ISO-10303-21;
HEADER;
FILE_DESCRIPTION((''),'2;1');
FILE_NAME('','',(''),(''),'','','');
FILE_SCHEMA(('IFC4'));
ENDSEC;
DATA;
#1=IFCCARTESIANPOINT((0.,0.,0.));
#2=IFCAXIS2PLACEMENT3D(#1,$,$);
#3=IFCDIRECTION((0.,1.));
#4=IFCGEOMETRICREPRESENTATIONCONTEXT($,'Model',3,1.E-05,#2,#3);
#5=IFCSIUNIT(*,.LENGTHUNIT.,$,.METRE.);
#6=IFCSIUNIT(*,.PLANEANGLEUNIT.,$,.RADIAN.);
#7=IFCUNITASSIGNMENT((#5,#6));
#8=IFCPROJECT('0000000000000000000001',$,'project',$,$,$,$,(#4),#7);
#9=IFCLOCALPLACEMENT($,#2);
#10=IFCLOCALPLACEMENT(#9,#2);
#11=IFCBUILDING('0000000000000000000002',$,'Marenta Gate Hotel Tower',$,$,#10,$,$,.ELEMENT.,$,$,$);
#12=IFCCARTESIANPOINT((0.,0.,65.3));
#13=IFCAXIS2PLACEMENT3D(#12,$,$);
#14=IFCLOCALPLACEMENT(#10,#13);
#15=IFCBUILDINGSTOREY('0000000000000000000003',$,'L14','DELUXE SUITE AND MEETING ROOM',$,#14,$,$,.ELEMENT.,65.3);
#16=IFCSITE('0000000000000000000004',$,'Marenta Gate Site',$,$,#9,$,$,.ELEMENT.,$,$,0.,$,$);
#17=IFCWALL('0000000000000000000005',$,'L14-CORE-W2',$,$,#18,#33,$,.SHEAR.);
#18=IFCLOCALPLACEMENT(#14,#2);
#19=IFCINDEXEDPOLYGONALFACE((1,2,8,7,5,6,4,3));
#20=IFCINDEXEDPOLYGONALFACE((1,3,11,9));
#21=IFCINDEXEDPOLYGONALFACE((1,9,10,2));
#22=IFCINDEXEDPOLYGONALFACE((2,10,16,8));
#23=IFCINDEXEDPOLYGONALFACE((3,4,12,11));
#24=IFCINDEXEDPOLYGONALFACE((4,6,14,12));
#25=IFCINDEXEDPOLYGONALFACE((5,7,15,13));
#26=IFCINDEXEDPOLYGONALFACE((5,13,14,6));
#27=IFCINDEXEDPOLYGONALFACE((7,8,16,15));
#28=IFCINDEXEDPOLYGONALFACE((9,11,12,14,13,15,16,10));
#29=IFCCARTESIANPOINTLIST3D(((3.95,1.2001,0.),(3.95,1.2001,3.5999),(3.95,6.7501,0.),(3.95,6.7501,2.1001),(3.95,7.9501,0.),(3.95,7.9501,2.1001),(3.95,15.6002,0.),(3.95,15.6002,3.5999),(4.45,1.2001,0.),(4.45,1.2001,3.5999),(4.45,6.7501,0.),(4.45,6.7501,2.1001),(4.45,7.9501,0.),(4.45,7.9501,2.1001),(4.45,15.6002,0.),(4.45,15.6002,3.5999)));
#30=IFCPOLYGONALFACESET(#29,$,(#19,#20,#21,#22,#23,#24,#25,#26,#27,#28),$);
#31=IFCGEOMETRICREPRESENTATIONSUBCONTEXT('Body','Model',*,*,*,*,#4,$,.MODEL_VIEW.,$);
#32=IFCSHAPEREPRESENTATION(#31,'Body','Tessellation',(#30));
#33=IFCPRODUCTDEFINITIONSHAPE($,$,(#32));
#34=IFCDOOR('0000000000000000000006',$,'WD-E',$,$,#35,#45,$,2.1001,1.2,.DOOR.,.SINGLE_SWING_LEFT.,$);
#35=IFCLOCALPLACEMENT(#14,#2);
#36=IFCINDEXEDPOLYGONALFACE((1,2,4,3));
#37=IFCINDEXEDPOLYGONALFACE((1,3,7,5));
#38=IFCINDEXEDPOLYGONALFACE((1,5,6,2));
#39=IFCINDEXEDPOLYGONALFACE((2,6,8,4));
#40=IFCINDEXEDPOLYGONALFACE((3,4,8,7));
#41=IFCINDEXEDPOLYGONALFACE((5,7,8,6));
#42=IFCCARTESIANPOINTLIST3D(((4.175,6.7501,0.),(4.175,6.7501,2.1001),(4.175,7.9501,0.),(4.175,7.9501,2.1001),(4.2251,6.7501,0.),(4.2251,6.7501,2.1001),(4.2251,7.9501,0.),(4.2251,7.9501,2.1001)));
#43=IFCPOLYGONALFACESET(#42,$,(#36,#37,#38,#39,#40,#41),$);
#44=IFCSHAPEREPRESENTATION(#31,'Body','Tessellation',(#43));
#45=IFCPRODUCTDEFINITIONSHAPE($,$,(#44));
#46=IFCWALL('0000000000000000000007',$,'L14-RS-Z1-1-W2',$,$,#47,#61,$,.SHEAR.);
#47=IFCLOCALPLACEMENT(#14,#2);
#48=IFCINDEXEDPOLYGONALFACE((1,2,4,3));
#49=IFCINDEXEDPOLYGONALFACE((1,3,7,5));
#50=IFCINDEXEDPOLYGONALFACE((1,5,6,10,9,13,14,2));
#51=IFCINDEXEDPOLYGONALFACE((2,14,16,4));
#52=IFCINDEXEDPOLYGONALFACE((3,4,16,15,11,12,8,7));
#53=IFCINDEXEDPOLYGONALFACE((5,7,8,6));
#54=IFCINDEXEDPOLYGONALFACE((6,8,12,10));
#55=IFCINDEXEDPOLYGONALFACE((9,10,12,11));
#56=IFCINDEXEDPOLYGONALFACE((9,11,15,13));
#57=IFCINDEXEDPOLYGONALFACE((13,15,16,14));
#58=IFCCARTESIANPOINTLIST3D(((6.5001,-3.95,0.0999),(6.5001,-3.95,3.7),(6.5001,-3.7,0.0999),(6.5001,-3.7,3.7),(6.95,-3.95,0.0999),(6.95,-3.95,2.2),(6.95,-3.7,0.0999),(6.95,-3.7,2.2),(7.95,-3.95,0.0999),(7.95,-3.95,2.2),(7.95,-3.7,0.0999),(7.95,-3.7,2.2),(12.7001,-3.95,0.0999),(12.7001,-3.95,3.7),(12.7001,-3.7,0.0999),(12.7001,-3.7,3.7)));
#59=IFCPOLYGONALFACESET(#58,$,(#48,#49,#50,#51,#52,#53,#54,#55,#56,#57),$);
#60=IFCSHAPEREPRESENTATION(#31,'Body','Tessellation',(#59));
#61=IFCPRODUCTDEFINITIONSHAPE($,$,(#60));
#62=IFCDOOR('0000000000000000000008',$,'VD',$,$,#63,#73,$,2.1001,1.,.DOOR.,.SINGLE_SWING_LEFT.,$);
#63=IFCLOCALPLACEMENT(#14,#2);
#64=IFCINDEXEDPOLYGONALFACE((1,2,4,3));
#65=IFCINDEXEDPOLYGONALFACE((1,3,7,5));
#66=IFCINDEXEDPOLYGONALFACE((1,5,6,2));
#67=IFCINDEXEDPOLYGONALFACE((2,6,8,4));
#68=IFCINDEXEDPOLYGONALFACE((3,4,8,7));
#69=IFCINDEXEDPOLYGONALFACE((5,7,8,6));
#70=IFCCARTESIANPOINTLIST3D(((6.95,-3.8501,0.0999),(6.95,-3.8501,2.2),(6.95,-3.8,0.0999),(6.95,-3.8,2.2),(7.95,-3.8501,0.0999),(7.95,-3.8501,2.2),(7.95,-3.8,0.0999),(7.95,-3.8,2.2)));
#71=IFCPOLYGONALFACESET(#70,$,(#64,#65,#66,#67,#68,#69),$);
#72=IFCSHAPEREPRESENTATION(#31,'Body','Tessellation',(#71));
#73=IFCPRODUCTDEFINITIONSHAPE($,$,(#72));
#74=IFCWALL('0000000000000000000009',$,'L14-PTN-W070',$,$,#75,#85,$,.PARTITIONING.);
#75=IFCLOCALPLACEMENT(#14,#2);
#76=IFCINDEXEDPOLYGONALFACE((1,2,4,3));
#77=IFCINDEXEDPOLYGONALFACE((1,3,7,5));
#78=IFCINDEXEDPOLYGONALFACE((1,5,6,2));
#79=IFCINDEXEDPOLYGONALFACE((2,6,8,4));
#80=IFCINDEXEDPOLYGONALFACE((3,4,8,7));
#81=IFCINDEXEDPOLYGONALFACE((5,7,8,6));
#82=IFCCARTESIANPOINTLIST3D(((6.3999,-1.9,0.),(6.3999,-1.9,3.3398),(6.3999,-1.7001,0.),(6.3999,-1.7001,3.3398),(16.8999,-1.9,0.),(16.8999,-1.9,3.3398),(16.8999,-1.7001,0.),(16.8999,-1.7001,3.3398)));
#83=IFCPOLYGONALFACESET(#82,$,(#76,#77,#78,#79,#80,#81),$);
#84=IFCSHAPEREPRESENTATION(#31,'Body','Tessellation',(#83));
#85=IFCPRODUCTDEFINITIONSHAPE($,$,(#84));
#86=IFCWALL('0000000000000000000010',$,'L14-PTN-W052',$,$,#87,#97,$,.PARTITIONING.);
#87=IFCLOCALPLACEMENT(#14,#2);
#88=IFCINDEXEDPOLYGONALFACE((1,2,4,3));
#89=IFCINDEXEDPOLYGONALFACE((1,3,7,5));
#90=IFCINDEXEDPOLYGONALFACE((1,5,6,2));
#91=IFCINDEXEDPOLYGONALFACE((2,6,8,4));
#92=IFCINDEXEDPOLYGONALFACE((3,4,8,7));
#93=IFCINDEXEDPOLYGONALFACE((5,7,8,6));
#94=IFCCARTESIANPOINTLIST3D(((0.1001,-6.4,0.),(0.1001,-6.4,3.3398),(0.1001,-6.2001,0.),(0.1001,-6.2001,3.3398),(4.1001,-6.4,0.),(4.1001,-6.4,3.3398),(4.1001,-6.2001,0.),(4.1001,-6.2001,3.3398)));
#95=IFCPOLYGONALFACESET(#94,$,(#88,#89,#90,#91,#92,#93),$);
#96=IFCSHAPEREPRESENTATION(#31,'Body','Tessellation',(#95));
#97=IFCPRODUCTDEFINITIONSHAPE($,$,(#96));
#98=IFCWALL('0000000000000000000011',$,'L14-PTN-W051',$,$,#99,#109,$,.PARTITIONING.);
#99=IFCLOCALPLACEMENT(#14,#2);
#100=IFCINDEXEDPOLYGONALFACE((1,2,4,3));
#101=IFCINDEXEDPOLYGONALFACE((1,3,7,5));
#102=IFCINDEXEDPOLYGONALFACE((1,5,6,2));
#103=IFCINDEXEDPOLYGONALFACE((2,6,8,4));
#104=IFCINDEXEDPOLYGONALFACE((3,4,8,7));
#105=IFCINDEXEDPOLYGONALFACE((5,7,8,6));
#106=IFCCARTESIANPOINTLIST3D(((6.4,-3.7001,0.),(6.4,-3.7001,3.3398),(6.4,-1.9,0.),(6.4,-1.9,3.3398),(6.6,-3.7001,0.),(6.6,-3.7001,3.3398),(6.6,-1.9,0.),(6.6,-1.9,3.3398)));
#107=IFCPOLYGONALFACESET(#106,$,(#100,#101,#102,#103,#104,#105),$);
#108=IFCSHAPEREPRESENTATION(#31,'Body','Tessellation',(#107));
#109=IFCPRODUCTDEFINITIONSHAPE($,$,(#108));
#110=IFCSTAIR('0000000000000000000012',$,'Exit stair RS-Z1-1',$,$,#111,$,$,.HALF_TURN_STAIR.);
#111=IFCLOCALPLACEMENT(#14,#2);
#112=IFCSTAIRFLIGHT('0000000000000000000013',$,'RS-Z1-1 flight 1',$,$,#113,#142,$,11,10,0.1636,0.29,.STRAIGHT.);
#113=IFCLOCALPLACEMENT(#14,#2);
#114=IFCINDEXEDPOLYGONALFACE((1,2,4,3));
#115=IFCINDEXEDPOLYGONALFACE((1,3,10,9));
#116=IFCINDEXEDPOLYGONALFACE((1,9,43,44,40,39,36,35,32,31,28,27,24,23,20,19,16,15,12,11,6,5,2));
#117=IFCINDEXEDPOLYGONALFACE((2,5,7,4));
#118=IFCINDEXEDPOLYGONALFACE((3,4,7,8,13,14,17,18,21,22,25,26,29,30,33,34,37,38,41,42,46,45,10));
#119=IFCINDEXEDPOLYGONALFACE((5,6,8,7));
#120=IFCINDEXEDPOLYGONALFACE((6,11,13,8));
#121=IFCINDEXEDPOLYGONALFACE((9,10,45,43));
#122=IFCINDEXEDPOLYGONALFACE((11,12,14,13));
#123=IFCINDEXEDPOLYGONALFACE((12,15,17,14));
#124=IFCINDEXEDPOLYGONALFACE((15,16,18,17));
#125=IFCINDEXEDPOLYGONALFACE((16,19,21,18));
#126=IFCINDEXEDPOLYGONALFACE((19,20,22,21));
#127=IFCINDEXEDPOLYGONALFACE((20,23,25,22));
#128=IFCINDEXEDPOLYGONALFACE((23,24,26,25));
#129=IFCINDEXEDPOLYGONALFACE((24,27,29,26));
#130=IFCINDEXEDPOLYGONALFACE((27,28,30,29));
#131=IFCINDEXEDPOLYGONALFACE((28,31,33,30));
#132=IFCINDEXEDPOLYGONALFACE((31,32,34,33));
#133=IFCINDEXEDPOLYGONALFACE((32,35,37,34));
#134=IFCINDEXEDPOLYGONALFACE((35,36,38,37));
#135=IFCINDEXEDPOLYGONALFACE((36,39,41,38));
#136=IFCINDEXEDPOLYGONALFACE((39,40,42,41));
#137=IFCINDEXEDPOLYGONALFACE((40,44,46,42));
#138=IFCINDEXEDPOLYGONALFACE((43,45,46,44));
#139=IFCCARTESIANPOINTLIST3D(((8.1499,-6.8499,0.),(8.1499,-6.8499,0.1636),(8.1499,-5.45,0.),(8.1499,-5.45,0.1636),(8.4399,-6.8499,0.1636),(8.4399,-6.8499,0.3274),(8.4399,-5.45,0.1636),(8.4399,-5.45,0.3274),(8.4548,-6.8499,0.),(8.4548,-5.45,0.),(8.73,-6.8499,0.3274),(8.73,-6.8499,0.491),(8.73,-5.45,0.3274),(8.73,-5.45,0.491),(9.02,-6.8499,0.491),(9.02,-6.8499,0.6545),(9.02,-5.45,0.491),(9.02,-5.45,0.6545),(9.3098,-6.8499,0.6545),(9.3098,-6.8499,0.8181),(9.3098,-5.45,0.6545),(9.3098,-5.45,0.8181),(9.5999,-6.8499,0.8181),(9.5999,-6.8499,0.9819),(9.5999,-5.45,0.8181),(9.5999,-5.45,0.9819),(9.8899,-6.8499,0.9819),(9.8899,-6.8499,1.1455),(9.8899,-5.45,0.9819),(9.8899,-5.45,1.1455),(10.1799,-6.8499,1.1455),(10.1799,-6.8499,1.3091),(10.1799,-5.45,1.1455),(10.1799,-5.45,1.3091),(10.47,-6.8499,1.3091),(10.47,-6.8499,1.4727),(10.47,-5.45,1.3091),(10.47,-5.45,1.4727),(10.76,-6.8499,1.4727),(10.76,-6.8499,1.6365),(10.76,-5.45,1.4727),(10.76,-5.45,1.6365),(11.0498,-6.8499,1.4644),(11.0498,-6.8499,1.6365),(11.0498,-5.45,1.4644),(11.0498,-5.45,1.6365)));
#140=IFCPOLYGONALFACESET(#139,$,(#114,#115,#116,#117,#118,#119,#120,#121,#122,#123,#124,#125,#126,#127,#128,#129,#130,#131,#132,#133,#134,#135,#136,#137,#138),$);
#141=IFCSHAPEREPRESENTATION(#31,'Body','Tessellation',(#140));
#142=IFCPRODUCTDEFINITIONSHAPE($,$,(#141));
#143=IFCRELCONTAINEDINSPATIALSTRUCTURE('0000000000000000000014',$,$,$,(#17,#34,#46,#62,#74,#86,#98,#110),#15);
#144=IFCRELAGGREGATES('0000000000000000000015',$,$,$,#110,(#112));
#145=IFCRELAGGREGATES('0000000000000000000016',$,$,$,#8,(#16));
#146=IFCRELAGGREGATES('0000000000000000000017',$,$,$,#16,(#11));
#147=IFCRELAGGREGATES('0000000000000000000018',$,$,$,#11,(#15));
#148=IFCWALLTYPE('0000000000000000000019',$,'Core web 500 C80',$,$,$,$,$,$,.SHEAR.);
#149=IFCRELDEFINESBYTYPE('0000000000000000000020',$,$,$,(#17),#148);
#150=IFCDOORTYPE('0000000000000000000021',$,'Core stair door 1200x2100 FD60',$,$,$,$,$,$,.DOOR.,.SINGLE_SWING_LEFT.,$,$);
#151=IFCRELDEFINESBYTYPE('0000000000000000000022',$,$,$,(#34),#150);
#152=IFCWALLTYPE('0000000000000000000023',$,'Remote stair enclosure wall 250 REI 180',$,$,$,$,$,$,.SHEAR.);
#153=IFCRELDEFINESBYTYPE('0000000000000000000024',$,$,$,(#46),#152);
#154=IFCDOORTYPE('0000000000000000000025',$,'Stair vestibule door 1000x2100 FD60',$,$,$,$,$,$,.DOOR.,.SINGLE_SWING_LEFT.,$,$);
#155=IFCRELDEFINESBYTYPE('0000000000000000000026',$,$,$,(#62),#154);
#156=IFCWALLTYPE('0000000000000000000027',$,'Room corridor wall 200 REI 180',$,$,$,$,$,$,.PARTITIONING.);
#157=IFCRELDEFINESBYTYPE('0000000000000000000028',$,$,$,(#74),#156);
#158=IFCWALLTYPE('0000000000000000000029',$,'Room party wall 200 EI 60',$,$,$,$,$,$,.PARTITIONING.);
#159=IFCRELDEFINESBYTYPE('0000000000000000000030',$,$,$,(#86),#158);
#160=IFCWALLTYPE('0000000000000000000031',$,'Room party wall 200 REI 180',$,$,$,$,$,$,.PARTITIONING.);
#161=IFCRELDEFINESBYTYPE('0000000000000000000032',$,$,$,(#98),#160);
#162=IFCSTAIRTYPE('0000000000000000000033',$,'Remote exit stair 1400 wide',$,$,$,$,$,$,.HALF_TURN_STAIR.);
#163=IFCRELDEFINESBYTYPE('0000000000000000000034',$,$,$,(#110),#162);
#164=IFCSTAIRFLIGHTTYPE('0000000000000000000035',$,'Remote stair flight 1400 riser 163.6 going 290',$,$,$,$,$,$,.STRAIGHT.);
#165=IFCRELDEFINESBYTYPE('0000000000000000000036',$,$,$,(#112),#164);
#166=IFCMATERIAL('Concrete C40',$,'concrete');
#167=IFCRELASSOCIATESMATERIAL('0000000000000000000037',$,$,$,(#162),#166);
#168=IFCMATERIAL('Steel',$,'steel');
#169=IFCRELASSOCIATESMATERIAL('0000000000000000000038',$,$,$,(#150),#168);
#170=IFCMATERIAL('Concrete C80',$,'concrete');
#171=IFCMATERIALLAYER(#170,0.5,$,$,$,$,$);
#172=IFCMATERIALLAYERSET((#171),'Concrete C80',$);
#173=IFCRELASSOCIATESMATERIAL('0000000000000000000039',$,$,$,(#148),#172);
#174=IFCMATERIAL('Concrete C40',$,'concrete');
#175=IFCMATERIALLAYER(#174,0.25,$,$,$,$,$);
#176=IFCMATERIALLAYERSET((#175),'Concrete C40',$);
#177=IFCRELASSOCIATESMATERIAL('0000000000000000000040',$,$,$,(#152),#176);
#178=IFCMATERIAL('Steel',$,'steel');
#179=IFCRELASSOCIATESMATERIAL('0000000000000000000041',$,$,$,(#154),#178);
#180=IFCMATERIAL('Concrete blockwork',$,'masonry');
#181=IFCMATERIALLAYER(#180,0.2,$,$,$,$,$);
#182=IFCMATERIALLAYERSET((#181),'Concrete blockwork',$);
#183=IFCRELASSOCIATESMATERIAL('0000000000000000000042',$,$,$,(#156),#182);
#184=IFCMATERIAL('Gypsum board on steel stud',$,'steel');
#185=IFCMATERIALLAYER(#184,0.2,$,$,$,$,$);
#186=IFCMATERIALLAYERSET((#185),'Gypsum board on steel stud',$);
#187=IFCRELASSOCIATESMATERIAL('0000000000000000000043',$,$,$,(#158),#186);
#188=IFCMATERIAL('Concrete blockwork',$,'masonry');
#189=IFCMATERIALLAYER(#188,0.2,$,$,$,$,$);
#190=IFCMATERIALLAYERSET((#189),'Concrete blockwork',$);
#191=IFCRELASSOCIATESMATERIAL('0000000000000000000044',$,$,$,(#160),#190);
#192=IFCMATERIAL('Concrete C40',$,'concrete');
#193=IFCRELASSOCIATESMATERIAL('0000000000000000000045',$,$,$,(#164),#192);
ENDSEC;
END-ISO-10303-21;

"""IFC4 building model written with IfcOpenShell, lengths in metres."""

from ifc_helpers import new_model, si_unit, direction, frame, frame_2d, origin, place, context, subcontext, project, spatial, polyline, rectangle, outline, extrude, material, layer, layer_set, type_object, element, fill, aggregate, save


model = new_model("IFC4")

# Units and contexts
model_context = context("Model", 3, precision=1e-05, world=origin(), true_north=direction((0.0, 1.0)))
body_context = subcontext(model_context, "Body", "Model", "MODEL_VIEW")
ifc_project = project(units=[si_unit("LENGTHUNIT", "METRE"), si_unit("PLANEANGLEUNIT", "RADIAN")], contexts=[model_context])

# Site, building, storey
site_placement = place(None, origin())
site = spatial("IfcSite", under=ifc_project, at=site_placement, Name="Marenta Gate Site", CompositionType="ELEMENT", RefElevation=0.0)
building_placement = place(site_placement, origin())
building = spatial("IfcBuilding", under=site, at=building_placement, Name="Marenta Gate Hotel Tower", CompositionType="ELEMENT")
storey_placement = place(building_placement, frame((0.0, 0.0, 65.3)))
storey = spatial("IfcBuildingStorey", under=building, at=storey_placement, Name="L14", Description="DELUXE SUITE AND MEETING ROOM", CompositionType="ELEMENT", Elevation=65.3)

# Shared definitions
ifc_material_1 = material(Name="Concrete C40", Category="concrete")
stair_type = type_object("IfcStairType", Name="Remote exit stair 1400 wide", PredefinedType="HALF_TURN_STAIR", material=ifc_material_1)

# Shared definitions
ifc_material_2 = material(Name="Steel", Category="steel")
door_type_1 = type_object("IfcDoorType", Name="Core stair door 1200x2100 FD60", OperationType="SINGLE_SWING_LEFT", PredefinedType="DOOR", material=ifc_material_2)

# Walls, openings, doors
ifc_material_3 = material(Name="Concrete C80", Category="concrete")
ifc_layer_1 = layer(ifc_material_3, 0.5)
ifc_layer_set_1 = layer_set([ifc_layer_1], Name="Concrete C80")
wall_type_1 = type_object("IfcWallType", Name="Core web 500 C80", PredefinedType="SHEAR", material=ifc_layer_set_1)
wall_1_placement = place(storey_placement, frame((4.2, 1.2, 0.0), z_axis=(0.0, 0.0, 1.0), x_axis=(0.0, 1.0, 0.0)))
wall_1 = element("IfcWall", 1, at=wall_1_placement, inside=storey, type_object=wall_type_1, Name="L14-CORE-W2", PredefinedType="SHEAR", context=body_context, shape_type="SweptSolid", body=[
    extrude(rectangle(XDim=14.4001, YDim=0.5, at=frame_2d((7.2002, 0.0))), origin(), (0.0, 0.0, 1.0), 3.5999),
])
opening_1_placement = place(wall_1_placement, frame((5.55, 0.0, 0.0)))
opening_1 = element("IfcOpeningElement", 2, at=opening_1_placement, cuts=wall_1, PredefinedType="OPENING", context=body_context, shape_type="SweptSolid", body=[
    extrude(rectangle(XDim=1.2, YDim=2.1001, at=frame_2d((0.6001, 1.05))), frame((0.0, 0.25, 0.0), z_axis=(0.0, -1.0, 0.0), x_axis=(1.0, 0.0, 0.0)), (0.0, 0.0, 1.0), 0.5),
])
door_1_placement = place(opening_1_placement, origin())
door_1 = element("IfcDoor", 3, at=door_1_placement, inside=storey, type_object=door_type_1, Name="WD-E", OperationType="SINGLE_SWING_LEFT", OverallHeight=2.1001, OverallWidth=1.2, PredefinedType="DOOR", context=body_context, shape_type="SweptSolid", body=[
    extrude(rectangle(XDim=1.2, YDim=2.1001, at=frame_2d((0.6001, 1.05))), frame((0.0, 0.0249, 0.0), z_axis=(0.0, -1.0, 0.0), x_axis=(1.0, 0.0, 0.0)), (0.0, 0.0, 1.0), 0.05),
])
fill(opening_1, door_1)
ifc_material_4 = material(Name="Concrete C40", Category="concrete")
ifc_layer_2 = layer(ifc_material_4, 0.25)
ifc_layer_set_2 = layer_set([ifc_layer_2], Name="Concrete C40")
wall_type_2 = type_object("IfcWallType", Name="Remote stair enclosure wall 250 REI 180", PredefinedType="SHEAR", material=ifc_layer_set_2)
wall_2_placement = place(storey_placement, frame((6.5, -3.825, 0.0999), z_axis=(0.0, 0.0, 1.0), x_axis=(1.0, 0.0, 0.0)))
wall_2 = element("IfcWall", 4, at=wall_2_placement, inside=storey, type_object=wall_type_2, Name="L14-RS-Z1-1-W2", PredefinedType="SHEAR", context=body_context, shape_type="SweptSolid", body=[
    extrude(rectangle(XDim=6.2, YDim=0.25, at=frame_2d((3.1001, 0.0))), origin(), (0.0, 0.0, 1.0), 3.6001),
])
opening_2_placement = place(wall_2_placement, frame((0.45, 0.0, 0.0)))
opening_2 = element("IfcOpeningElement", 5, at=opening_2_placement, cuts=wall_2, PredefinedType="OPENING", context=body_context, shape_type="SweptSolid", body=[
    extrude(rectangle(XDim=1.0, YDim=2.1001, at=frame_2d((0.5, 1.05))), frame((0.0, 0.125, 0.0), z_axis=(0.0, -1.0, 0.0), x_axis=(1.0, 0.0, 0.0)), (0.0, 0.0, 1.0), 0.25),
])
ifc_material_5 = material(Name="Steel", Category="steel")
door_type_2 = type_object("IfcDoorType", Name="Stair vestibule door 1000x2100 FD60", OperationType="SINGLE_SWING_LEFT", PredefinedType="DOOR", material=ifc_material_5)
door_2_placement = place(opening_2_placement, origin())
door_2 = element("IfcDoor", 6, at=door_2_placement, inside=storey, type_object=door_type_2, Name="VD", OperationType="SINGLE_SWING_LEFT", OverallHeight=2.1001, OverallWidth=1.0, PredefinedType="DOOR", context=body_context, shape_type="SweptSolid", body=[
    extrude(rectangle(XDim=1.0, YDim=2.1001, at=frame_2d((0.5, 1.05))), frame((0.0, 0.0249, 0.0), z_axis=(0.0, -1.0, 0.0), x_axis=(1.0, 0.0, 0.0)), (0.0, 0.0, 1.0), 0.05),
])
fill(opening_2, door_2)

# Walls
ifc_material_6 = material(Name="Concrete blockwork", Category="masonry")
ifc_layer_3 = layer(ifc_material_6, 0.2)
ifc_layer_set_3 = layer_set([ifc_layer_3], Name="Concrete blockwork")
wall_type_3 = type_object("IfcWallType", Name="Room corridor wall 200 REI 180", PredefinedType="PARTITIONING", material=ifc_layer_set_3)
wall_3_placement = place(storey_placement, frame((6.3999, -1.8, 0.0), z_axis=(0.0, 0.0, 1.0), x_axis=(1.0, 0.0, 0.0)))
element("IfcWall", 7, at=wall_3_placement, inside=storey, type_object=wall_type_3, Name="L14-PTN-W070", PredefinedType="PARTITIONING", context=body_context, shape_type="SweptSolid", body=[
    extrude(rectangle(XDim=10.5, YDim=0.2, at=frame_2d((5.25, 0.0))), origin(), (0.0, 0.0, 1.0), 3.3398),
])
ifc_material_7 = material(Name="Gypsum board on steel stud", Category="steel")
ifc_layer_4 = layer(ifc_material_7, 0.2)
ifc_layer_set_4 = layer_set([ifc_layer_4], Name="Gypsum board on steel stud")
wall_type_4 = type_object("IfcWallType", Name="Room party wall 200 EI 60", PredefinedType="PARTITIONING", material=ifc_layer_set_4)
wall_4_placement = place(storey_placement, frame((0.1001, -6.3, 0.0), z_axis=(0.0, 0.0, 1.0), x_axis=(1.0, 0.0, 0.0)))
element("IfcWall", 8, at=wall_4_placement, inside=storey, type_object=wall_type_4, Name="L14-PTN-W052", PredefinedType="PARTITIONING", context=body_context, shape_type="SweptSolid", body=[
    extrude(rectangle(XDim=4.0, YDim=0.2, at=frame_2d((2.0, 0.0))), origin(), (0.0, 0.0, 1.0), 3.3398),
])
ifc_material_8 = material(Name="Concrete blockwork", Category="masonry")
ifc_layer_5 = layer(ifc_material_8, 0.2)
ifc_layer_set_5 = layer_set([ifc_layer_5], Name="Concrete blockwork")
wall_type_5 = type_object("IfcWallType", Name="Room party wall 200 REI 180", PredefinedType="PARTITIONING", material=ifc_layer_set_5)
wall_5_placement = place(storey_placement, frame((6.5, -3.7, 0.0), z_axis=(0.0, 0.0, 1.0), x_axis=(0.0, 1.0, 0.0)))
element("IfcWall", 9, at=wall_5_placement, inside=storey, type_object=wall_type_5, Name="L14-PTN-W051", PredefinedType="PARTITIONING", context=body_context, shape_type="SweptSolid", body=[
    extrude(rectangle(XDim=1.8, YDim=0.2, at=frame_2d((0.8999, 0.0))), origin(), (0.0, 0.0, 1.0), 3.3398),
])

# Stair, stair flight
stair_1_placement = place(storey_placement, origin())
stair_1 = element("IfcStair", 10, at=stair_1_placement, inside=storey, type_object=stair_type, Name="Exit stair RS-Z1-1", PredefinedType="HALF_TURN_STAIR")
ifc_material_9 = material(Name="Concrete C40", Category="concrete")
stair_flight_type = type_object("IfcStairFlightType", Name="Remote stair flight 1400 riser 163.6 going 290", PredefinedType="STRAIGHT", material=ifc_material_9)
stair_flight_1_placement = place(storey_placement, frame((8.1499, -6.1499, 0.0), z_axis=(0.0, 0.0, 1.0), x_axis=(1.0, 0.0, 0.0)))
stair_flight_1 = element("IfcStairFlight", 11, at=stair_flight_1_placement, type_object=stair_flight_type, Name="RS-Z1-1 flight 1", NumberOfRisers=11, NumberOfTreads=10, PredefinedType="STRAIGHT", RiserHeight=0.1636, TreadLength=0.29, context=body_context, shape_type="SweptSolid", body=[
    extrude(outline(polyline([(0.0, 0.0), (0.0, 0.1636), (0.29, 0.1636), (0.29, 0.3274), (0.5801, 0.3274), (0.5801, 0.491), (0.8701, 0.491), (0.8701, 0.6545), (1.1599, 0.6545), (1.1599, 0.8181), (1.45, 0.8181), (1.45, 0.9819), (1.74, 0.9819), (1.74, 1.1455), (2.03, 1.1455), (2.03, 1.3091), (2.3201, 1.3091), (2.3201, 1.4727), (2.6101, 1.4727), (2.6101, 1.6365), (2.8999, 1.6365), (2.8999, 1.8), (2.8999, 1.4644), (0.3049, 0.0), (0.0, 0.0)])), frame((0.0, 0.7, 0.0), z_axis=(0.0, -1.0, 0.0), x_axis=(1.0, 0.0, 0.0)), (0.0, 0.0, 1.0), 1.3999),
])
aggregate(stair_1, [stair_flight_1])

save(model, "model.ifc")
